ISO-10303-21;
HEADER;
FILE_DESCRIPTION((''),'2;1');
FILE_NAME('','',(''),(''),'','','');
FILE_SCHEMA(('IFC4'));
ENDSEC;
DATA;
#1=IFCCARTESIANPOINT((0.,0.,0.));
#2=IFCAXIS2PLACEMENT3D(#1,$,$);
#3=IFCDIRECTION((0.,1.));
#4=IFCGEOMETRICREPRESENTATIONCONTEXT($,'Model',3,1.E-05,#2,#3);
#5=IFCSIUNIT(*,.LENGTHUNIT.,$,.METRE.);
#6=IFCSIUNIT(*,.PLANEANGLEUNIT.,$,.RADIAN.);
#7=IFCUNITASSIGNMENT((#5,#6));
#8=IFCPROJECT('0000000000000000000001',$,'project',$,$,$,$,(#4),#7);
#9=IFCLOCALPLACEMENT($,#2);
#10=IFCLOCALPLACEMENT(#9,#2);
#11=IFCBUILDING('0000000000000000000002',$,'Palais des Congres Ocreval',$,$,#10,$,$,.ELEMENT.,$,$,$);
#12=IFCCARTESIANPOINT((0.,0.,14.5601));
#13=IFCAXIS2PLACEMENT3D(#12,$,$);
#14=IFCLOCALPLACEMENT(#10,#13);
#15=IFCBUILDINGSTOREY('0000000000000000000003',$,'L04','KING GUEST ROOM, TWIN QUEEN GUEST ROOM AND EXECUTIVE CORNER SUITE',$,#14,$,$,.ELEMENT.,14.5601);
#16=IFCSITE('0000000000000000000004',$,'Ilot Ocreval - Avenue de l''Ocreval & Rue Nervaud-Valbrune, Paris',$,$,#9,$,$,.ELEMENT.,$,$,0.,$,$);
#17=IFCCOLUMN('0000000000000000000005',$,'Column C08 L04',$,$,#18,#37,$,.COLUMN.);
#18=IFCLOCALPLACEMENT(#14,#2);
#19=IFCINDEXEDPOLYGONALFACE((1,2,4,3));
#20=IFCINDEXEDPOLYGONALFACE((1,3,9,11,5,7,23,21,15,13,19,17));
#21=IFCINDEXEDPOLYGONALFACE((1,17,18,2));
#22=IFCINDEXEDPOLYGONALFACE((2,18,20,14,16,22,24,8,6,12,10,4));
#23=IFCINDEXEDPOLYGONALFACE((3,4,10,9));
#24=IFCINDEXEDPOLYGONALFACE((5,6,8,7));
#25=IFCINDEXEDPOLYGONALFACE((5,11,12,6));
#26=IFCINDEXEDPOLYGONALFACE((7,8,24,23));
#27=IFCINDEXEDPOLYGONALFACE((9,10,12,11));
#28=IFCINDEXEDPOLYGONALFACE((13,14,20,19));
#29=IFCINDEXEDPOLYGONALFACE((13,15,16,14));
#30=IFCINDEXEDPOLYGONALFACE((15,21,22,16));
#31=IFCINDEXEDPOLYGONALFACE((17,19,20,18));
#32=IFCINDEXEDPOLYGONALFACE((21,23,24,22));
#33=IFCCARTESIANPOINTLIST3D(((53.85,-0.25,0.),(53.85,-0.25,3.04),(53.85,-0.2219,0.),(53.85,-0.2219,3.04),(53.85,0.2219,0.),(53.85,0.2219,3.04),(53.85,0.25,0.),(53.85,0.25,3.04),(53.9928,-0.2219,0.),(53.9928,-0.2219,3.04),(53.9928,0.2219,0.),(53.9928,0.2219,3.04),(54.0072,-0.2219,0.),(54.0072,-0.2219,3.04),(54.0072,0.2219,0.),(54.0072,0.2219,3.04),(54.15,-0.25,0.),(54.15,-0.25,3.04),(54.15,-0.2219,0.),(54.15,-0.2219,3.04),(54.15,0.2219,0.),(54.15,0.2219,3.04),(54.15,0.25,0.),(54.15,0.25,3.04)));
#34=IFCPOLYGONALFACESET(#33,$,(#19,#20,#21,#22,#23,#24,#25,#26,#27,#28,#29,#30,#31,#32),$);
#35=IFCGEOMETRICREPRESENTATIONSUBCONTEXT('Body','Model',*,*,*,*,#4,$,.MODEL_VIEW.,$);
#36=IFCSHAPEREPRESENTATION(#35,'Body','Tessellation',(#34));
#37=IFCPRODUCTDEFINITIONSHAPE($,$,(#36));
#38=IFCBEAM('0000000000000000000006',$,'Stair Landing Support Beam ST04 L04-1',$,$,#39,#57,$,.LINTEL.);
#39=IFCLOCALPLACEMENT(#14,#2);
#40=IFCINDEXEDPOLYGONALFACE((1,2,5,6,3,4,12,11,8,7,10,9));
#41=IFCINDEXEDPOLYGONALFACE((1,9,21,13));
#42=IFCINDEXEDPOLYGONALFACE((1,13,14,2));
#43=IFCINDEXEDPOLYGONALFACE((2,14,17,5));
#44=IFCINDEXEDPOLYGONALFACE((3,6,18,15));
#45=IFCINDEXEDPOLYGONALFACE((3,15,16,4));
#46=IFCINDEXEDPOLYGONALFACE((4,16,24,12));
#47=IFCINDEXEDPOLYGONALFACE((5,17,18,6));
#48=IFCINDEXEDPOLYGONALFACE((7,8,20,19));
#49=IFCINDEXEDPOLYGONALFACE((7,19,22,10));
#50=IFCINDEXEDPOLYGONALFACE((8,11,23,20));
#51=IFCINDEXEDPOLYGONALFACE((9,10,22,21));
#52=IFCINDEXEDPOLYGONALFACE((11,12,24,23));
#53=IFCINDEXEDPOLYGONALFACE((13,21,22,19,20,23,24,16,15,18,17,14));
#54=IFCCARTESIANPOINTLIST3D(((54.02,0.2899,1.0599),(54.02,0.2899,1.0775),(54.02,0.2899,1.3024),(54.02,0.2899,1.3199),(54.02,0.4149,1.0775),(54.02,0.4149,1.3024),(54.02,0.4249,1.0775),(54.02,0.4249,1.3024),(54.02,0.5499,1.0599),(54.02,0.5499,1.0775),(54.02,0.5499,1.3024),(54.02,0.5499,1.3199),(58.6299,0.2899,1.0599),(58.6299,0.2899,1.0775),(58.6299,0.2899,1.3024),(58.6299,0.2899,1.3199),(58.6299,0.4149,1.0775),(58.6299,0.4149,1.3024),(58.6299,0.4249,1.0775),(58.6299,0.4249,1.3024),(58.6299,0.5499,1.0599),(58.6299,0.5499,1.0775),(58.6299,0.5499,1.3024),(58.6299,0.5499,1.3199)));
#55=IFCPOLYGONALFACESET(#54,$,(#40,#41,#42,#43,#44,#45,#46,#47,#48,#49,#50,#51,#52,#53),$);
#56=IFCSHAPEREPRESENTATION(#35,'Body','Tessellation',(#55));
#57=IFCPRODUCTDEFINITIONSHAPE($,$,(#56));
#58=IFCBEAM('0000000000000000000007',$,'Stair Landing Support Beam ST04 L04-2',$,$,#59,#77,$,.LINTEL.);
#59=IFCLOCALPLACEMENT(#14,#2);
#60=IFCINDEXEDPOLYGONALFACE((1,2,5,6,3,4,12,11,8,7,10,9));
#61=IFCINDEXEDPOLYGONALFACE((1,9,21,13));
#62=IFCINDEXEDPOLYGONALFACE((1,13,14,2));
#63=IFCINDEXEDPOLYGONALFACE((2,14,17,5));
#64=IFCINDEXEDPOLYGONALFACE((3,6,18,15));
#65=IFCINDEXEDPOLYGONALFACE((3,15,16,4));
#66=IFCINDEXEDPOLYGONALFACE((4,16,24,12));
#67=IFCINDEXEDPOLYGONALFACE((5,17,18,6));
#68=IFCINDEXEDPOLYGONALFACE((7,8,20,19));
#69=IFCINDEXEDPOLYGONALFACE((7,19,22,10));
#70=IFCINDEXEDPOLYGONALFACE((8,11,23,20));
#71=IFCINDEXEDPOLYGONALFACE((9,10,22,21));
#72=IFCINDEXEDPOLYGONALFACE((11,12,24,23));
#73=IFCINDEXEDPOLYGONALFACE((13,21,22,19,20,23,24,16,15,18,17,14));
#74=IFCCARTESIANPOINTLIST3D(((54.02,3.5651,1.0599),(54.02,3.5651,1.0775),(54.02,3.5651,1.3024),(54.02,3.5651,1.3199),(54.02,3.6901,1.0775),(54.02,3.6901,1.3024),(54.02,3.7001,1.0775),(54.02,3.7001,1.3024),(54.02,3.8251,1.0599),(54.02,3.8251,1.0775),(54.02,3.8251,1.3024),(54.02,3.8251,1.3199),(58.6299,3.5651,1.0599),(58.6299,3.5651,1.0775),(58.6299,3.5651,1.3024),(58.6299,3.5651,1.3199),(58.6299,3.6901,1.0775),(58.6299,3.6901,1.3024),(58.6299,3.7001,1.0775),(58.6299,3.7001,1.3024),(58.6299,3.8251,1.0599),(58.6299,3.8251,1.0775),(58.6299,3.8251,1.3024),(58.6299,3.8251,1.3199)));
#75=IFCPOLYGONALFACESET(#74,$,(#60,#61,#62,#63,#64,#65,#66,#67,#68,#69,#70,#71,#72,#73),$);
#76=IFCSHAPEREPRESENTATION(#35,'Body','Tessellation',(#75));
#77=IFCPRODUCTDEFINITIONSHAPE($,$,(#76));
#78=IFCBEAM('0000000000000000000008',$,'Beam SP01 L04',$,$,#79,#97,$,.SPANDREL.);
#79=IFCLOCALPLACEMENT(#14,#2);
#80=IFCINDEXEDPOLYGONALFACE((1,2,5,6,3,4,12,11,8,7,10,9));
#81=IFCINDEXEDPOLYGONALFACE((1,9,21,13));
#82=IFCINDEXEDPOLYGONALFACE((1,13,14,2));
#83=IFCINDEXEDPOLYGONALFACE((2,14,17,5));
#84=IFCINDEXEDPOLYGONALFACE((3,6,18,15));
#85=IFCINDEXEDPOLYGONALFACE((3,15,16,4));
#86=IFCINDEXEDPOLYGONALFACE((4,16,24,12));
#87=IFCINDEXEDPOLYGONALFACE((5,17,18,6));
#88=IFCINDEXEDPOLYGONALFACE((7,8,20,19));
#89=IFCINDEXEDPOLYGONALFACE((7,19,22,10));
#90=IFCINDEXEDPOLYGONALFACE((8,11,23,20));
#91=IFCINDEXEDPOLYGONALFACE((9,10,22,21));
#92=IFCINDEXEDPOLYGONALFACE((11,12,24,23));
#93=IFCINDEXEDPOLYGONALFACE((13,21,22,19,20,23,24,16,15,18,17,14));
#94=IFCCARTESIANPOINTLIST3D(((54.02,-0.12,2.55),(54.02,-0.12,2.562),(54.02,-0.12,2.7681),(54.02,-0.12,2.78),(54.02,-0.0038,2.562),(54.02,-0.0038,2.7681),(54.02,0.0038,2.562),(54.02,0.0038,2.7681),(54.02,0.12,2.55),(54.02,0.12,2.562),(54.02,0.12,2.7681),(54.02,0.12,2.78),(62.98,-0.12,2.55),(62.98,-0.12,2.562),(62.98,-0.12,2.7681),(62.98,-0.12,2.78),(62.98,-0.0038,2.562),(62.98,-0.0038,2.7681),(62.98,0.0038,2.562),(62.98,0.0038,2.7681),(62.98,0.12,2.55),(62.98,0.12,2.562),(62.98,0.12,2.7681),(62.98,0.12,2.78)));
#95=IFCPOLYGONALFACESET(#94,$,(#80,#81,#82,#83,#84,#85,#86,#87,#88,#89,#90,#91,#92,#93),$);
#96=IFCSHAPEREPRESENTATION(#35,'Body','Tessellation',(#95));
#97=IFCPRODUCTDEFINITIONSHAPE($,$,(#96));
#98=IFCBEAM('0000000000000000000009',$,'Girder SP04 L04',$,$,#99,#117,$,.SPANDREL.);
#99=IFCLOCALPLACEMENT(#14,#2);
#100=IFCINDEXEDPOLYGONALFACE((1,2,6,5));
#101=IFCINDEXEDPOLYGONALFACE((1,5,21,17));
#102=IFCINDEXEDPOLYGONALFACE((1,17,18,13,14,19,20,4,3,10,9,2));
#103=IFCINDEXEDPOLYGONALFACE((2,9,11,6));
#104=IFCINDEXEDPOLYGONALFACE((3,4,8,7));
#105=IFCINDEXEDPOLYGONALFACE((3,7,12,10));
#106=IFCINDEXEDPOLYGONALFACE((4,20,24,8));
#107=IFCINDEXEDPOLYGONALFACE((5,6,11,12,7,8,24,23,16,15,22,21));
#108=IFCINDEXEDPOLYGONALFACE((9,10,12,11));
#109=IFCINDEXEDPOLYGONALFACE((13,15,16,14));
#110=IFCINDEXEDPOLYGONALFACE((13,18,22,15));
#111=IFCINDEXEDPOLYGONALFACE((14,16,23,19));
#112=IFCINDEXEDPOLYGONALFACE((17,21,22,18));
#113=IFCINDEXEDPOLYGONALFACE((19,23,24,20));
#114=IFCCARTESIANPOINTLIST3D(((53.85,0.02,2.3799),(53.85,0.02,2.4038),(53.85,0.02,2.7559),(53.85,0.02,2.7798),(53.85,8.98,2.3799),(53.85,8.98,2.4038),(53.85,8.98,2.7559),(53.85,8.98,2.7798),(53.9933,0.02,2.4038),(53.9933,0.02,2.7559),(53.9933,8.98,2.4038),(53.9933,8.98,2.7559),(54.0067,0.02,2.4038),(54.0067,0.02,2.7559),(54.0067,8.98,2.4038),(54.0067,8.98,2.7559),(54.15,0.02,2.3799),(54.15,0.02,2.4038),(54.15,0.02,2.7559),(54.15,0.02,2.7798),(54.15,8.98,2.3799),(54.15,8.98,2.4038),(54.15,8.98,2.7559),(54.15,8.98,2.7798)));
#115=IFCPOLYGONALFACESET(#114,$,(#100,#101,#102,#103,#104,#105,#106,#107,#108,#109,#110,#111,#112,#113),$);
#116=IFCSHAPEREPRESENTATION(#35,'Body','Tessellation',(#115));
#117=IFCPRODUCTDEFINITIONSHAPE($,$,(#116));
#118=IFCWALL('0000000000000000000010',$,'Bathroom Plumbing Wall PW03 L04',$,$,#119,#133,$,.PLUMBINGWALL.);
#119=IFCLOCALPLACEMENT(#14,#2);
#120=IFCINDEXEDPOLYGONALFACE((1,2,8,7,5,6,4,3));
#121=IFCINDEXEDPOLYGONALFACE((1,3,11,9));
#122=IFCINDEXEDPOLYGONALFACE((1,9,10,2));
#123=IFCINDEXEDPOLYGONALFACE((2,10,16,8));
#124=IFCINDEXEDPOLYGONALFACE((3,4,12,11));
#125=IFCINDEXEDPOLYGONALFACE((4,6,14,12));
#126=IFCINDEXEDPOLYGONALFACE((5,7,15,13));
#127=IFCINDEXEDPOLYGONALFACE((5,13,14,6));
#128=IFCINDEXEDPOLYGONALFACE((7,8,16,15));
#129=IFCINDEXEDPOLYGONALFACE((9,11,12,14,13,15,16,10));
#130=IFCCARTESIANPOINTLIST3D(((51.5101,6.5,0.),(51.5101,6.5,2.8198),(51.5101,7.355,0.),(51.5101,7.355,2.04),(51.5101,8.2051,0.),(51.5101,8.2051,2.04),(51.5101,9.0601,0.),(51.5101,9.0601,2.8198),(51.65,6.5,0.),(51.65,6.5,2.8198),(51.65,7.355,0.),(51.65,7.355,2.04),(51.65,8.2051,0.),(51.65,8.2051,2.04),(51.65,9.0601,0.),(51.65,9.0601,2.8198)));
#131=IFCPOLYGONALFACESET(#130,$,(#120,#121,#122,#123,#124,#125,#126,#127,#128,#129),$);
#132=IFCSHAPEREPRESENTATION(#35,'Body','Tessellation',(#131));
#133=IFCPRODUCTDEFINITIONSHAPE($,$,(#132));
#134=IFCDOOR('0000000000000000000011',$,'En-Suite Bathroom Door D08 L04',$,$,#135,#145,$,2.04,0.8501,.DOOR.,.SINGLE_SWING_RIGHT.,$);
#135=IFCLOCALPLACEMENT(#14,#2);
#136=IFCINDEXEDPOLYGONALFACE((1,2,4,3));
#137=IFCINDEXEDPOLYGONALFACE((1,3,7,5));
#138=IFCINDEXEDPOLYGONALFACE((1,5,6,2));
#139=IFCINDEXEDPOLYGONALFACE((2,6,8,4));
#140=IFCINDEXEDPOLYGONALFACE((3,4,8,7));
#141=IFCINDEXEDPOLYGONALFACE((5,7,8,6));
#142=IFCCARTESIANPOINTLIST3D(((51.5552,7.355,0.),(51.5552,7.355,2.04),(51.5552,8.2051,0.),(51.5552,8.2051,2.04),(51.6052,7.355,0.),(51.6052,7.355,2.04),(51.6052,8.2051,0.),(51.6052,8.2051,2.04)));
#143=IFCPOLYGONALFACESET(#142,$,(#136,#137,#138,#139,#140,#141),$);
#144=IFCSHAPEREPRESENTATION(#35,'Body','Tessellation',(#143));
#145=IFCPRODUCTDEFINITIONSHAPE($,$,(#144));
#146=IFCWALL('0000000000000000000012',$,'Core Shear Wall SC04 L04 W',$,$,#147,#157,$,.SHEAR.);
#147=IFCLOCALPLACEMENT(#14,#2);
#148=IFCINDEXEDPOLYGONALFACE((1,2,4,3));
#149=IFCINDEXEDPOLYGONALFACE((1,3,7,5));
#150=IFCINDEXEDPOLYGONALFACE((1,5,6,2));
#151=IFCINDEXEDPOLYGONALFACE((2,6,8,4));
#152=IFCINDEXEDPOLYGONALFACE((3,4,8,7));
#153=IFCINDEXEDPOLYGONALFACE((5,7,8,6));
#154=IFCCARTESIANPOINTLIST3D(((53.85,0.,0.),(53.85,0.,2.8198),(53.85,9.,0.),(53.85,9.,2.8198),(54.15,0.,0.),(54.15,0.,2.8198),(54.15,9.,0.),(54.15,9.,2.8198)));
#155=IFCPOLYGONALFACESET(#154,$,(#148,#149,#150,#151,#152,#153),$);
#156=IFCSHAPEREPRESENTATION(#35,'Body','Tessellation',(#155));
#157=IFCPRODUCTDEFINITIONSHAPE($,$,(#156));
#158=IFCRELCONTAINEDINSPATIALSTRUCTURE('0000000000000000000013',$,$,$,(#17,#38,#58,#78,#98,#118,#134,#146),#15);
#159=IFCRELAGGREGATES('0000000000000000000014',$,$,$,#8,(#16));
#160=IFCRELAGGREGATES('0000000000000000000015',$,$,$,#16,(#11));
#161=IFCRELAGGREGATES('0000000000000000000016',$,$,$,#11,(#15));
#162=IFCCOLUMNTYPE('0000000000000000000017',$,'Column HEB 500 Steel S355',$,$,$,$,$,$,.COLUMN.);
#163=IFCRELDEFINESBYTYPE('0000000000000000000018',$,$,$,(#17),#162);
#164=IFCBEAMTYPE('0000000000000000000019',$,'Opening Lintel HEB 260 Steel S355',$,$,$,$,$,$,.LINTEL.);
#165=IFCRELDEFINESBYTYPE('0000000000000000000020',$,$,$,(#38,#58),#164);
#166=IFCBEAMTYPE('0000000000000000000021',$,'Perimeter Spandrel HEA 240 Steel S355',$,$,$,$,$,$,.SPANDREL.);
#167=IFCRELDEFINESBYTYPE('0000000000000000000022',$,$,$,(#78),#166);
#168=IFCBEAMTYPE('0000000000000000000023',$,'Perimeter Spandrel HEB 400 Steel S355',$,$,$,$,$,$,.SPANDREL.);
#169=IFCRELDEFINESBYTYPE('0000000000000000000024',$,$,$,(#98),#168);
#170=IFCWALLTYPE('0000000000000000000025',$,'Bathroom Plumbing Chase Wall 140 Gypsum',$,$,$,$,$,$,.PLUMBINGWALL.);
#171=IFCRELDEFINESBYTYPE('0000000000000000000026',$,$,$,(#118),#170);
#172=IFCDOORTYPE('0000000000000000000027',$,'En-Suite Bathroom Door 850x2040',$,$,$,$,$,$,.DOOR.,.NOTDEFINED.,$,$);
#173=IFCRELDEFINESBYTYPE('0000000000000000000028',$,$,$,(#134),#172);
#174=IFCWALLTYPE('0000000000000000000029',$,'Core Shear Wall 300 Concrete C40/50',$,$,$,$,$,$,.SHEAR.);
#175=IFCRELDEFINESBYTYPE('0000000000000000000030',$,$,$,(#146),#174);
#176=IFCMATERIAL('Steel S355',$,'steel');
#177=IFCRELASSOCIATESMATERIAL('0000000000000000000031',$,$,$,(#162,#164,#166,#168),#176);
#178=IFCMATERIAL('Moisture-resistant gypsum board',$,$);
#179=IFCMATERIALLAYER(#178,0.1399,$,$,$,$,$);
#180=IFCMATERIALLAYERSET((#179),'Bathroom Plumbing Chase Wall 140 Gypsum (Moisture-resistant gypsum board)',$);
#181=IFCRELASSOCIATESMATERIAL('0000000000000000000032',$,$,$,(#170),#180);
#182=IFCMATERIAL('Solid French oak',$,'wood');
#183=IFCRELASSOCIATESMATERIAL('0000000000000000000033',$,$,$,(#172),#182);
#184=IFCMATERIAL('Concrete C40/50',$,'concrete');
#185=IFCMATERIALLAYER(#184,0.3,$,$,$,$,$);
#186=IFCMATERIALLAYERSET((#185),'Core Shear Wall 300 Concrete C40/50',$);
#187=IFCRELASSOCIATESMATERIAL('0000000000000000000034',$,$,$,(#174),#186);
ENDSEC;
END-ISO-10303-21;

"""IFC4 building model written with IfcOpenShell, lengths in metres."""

from ifc_helpers import new_model, si_unit, direction, frame, frame_2d, origin, origin_2d, place, context, subcontext, project, spatial, rectangle, i_section, extrude, material, layer, layer_set, material_profile, profile_set, type_object, element, fill, save


model = new_model("IFC4")

# Units and contexts
model_context = context("Model", 3, precision=1e-05, world=origin(), true_north=direction((0.0, 1.0)))
body_context = subcontext(model_context, "Body", "Model", "MODEL_VIEW")
ifc_project = project(units=[si_unit("LENGTHUNIT", "METRE"), si_unit("PLANEANGLEUNIT", "RADIAN")], contexts=[model_context])

# Site, building, storey
site_placement = place(None, origin())
site = spatial("IfcSite", under=ifc_project, at=site_placement, Name="Ilot Ocreval - Avenue de l'Ocreval & Rue Nervaud-Valbrune, Paris", CompositionType="ELEMENT", RefElevation=0.0)
building_placement = place(site_placement, origin())
building = spatial("IfcBuilding", under=site, at=building_placement, Name="Palais des Congres Ocreval", CompositionType="ELEMENT")
storey_placement = place(building_placement, frame((0.0, 0.0, 14.5601)))
storey = spatial("IfcBuildingStorey", under=building, at=storey_placement, Name="L04", Description="KING GUEST ROOM, TWIN QUEEN GUEST ROOM AND EXECUTIVE CORNER SUITE", CompositionType="ELEMENT", Elevation=14.5601)

# Column
ifc_material_1 = material(Name="Steel S355", Category="steel")
ifc_material_profile_1 = material_profile(ifc_material_1, i_section(OverallWidth=0.3, OverallDepth=0.5, WebThickness=0.0144, FlangeThickness=0.0281, at=origin_2d()), Name="HEB 500")
ifc_profile_set_1 = profile_set([ifc_material_profile_1], Name="Steel S355")
column_type = type_object("IfcColumnType", Name="Column HEB 500 Steel S355", PredefinedType="COLUMN", material=ifc_profile_set_1)
column_placement = place(storey_placement, frame((54.0, 0.0, 0.0), z_axis=(0.0, 0.0, 1.0), x_axis=(1.0, 0.0, 0.0)))
element("IfcColumn", 1, at=column_placement, inside=storey, type_object=column_type, Name="Column C08 L04", PredefinedType="COLUMN", context=body_context, shape_type="SweptSolid", body=[
    extrude(i_section(OverallWidth=0.3, OverallDepth=0.5, WebThickness=0.0144, FlangeThickness=0.0281, at=origin_2d()), origin(), (0.0, 0.0, 1.0), 3.04),
])

# Beams
ifc_material_profile_2 = material_profile(ifc_material_1, i_section(OverallWidth=0.26, OverallDepth=0.26, WebThickness=0.01, FlangeThickness=0.0176, at=origin_2d()), Name="HEB 260")
ifc_profile_set_2 = profile_set([ifc_material_profile_2], Name="Steel S355")
beam_type_1 = type_object("IfcBeamType", Name="Opening Lintel HEB 260 Steel S355", PredefinedType="LINTEL", material=ifc_profile_set_2)
for number, where, z_axis, x_axis, name in (
    (2, (54.02, 0.4199, 1.1899), (1.0, 0.0, 0.0), (0.0, 1.0, 0.0), "Stair Landing Support Beam ST04 L04-1"),
    (3, (54.02, 3.6951, 1.1899), (1.0, 0.0, 0.0), (0.0, 1.0, 0.0), "Stair Landing Support Beam ST04 L04-2"),
):
    element("IfcBeam", number, at=place(storey_placement, frame(where, z_axis=z_axis, x_axis=x_axis)), inside=storey, type_object=beam_type_1, Name=name, PredefinedType="LINTEL", context=body_context, shape_type="SweptSolid", body=[
        extrude(i_section(OverallWidth=0.26, OverallDepth=0.26, WebThickness=0.01, FlangeThickness=0.0176, at=origin_2d()), origin(), (0.0, 0.0, 1.0), 4.6099),
    ])
ifc_material_profile_3 = material_profile(ifc_material_1, i_section(OverallWidth=0.24, OverallDepth=0.23, WebThickness=0.0076, FlangeThickness=0.012, at=origin_2d()), Name="HEA 240")
ifc_profile_set_3 = profile_set([ifc_material_profile_3], Name="Steel S355")
beam_type_2 = type_object("IfcBeamType", Name="Perimeter Spandrel HEA 240 Steel S355", PredefinedType="SPANDREL", material=ifc_profile_set_3)
beam_1_placement = place(storey_placement, frame((54.02, 0.0, 2.665), z_axis=(1.0, 0.0, 0.0), x_axis=(0.0, 1.0, 0.0)))
element("IfcBeam", 4, at=beam_1_placement, inside=storey, type_object=beam_type_2, Name="Beam SP01 L04", PredefinedType="SPANDREL", context=body_context, shape_type="SweptSolid", body=[
    extrude(i_section(OverallWidth=0.24, OverallDepth=0.23, WebThickness=0.0076, FlangeThickness=0.012, at=origin_2d()), origin(), (0.0, 0.0, 1.0), 8.96),
])
ifc_material_profile_4 = material_profile(ifc_material_1, i_section(OverallWidth=0.3, OverallDepth=0.3999, WebThickness=0.0134, FlangeThickness=0.0239, at=origin_2d()), Name="HEB 400")
ifc_profile_set_4 = profile_set([ifc_material_profile_4], Name="Steel S355")
beam_type_3 = type_object("IfcBeamType", Name="Perimeter Spandrel HEB 400 Steel S355", PredefinedType="SPANDREL", material=ifc_profile_set_4)
beam_2_placement = place(storey_placement, frame((54.0, 0.02, 2.5798), z_axis=(0.0, 1.0, 0.0), x_axis=(-1.0, 0.0, 0.0)))
element("IfcBeam", 5, at=beam_2_placement, inside=storey, type_object=beam_type_3, Name="Girder SP04 L04", PredefinedType="SPANDREL", context=body_context, shape_type="SweptSolid", body=[
    extrude(i_section(OverallWidth=0.3, OverallDepth=0.3999, WebThickness=0.0134, FlangeThickness=0.0239, at=origin_2d()), origin(), (0.0, 0.0, 1.0), 8.96),
])

# Wall, opening, door
ifc_material_2 = material(Name="Moisture-resistant gypsum board")
ifc_layer_1 = layer(ifc_material_2, 0.1399)
ifc_layer_set_1 = layer_set([ifc_layer_1], Name="Bathroom Plumbing Chase Wall 140 Gypsum (Moisture-resistant gypsum board)")
wall_type_1 = type_object("IfcWallType", Name="Bathroom Plumbing Chase Wall 140 Gypsum", PredefinedType="PLUMBINGWALL", material=ifc_layer_set_1)
wall_1_placement = place(storey_placement, frame((51.5801, 6.5, 0.0), z_axis=(0.0, 0.0, 1.0), x_axis=(0.0, 1.0, 0.0)))
wall_1 = element("IfcWall", 6, at=wall_1_placement, inside=storey, type_object=wall_type_1, Name="Bathroom Plumbing Wall PW03 L04", PredefinedType="PLUMBINGWALL", context=body_context, shape_type="SweptSolid", body=[
    extrude(rectangle(XDim=2.5601, YDim=0.1399, at=frame_2d((1.28, 0.0))), origin(), (0.0, 0.0, 1.0), 2.8198),
])
opening_1_placement = place(wall_1_placement, frame((0.855, 0.0, 0.0)))
opening_1 = element("IfcOpeningElement", 7, at=opening_1_placement, cuts=wall_1, PredefinedType="OPENING", context=body_context, shape_type="SweptSolid", body=[
    extrude(rectangle(XDim=0.8501, YDim=2.04, at=frame_2d((0.425, 1.02))), frame((0.0, 0.0798, 0.0), z_axis=(0.0, -1.0, 0.0), x_axis=(1.0, 0.0, 0.0)), (0.0, 0.0, 1.0), 0.1599),
])
ifc_material_3 = material(Name="Solid French oak", Category="wood")
door_type = type_object("IfcDoorType", Name="En-Suite Bathroom Door 850x2040", OperationType="NOTDEFINED", PredefinedType="DOOR", material=ifc_material_3)
door_placement = place(opening_1_placement, origin())
door = element("IfcDoor", 8, at=door_placement, inside=storey, type_object=door_type, Name="En-Suite Bathroom Door D08 L04", OperationType="SINGLE_SWING_RIGHT", OverallHeight=2.04, OverallWidth=0.8501, PredefinedType="DOOR", context=body_context, shape_type="SweptSolid", body=[
    extrude(rectangle(XDim=0.8501, YDim=2.04, at=frame_2d((0.425, 1.02))), frame((0.0, 0.0249, 0.0), z_axis=(0.0, -1.0, 0.0), x_axis=(1.0, 0.0, 0.0)), (0.0, 0.0, 1.0), 0.05),
])
fill(opening_1, door)

# Wall
ifc_material_4 = material(Name="Concrete C40/50", Category="concrete")
ifc_layer_2 = layer(ifc_material_4, 0.3)
ifc_layer_set_2 = layer_set([ifc_layer_2], Name="Core Shear Wall 300 Concrete C40/50")
wall_type_2 = type_object("IfcWallType", Name="Core Shear Wall 300 Concrete C40/50", PredefinedType="SHEAR", material=ifc_layer_set_2)
wall_2_placement = place(storey_placement, frame((54.0, 0.0, 0.0), z_axis=(0.0, 0.0, 1.0), x_axis=(0.0, 1.0, 0.0)))
element("IfcWall", 9, at=wall_2_placement, inside=storey, type_object=wall_type_2, Name="Core Shear Wall SC04 L04 W", PredefinedType="SHEAR", context=body_context, shape_type="SweptSolid", body=[
    extrude(rectangle(XDim=9.0, YDim=0.3, at=frame_2d((4.5, 0.0))), origin(), (0.0, 0.0, 1.0), 2.8198),
])

save(model, "model.ifc")
